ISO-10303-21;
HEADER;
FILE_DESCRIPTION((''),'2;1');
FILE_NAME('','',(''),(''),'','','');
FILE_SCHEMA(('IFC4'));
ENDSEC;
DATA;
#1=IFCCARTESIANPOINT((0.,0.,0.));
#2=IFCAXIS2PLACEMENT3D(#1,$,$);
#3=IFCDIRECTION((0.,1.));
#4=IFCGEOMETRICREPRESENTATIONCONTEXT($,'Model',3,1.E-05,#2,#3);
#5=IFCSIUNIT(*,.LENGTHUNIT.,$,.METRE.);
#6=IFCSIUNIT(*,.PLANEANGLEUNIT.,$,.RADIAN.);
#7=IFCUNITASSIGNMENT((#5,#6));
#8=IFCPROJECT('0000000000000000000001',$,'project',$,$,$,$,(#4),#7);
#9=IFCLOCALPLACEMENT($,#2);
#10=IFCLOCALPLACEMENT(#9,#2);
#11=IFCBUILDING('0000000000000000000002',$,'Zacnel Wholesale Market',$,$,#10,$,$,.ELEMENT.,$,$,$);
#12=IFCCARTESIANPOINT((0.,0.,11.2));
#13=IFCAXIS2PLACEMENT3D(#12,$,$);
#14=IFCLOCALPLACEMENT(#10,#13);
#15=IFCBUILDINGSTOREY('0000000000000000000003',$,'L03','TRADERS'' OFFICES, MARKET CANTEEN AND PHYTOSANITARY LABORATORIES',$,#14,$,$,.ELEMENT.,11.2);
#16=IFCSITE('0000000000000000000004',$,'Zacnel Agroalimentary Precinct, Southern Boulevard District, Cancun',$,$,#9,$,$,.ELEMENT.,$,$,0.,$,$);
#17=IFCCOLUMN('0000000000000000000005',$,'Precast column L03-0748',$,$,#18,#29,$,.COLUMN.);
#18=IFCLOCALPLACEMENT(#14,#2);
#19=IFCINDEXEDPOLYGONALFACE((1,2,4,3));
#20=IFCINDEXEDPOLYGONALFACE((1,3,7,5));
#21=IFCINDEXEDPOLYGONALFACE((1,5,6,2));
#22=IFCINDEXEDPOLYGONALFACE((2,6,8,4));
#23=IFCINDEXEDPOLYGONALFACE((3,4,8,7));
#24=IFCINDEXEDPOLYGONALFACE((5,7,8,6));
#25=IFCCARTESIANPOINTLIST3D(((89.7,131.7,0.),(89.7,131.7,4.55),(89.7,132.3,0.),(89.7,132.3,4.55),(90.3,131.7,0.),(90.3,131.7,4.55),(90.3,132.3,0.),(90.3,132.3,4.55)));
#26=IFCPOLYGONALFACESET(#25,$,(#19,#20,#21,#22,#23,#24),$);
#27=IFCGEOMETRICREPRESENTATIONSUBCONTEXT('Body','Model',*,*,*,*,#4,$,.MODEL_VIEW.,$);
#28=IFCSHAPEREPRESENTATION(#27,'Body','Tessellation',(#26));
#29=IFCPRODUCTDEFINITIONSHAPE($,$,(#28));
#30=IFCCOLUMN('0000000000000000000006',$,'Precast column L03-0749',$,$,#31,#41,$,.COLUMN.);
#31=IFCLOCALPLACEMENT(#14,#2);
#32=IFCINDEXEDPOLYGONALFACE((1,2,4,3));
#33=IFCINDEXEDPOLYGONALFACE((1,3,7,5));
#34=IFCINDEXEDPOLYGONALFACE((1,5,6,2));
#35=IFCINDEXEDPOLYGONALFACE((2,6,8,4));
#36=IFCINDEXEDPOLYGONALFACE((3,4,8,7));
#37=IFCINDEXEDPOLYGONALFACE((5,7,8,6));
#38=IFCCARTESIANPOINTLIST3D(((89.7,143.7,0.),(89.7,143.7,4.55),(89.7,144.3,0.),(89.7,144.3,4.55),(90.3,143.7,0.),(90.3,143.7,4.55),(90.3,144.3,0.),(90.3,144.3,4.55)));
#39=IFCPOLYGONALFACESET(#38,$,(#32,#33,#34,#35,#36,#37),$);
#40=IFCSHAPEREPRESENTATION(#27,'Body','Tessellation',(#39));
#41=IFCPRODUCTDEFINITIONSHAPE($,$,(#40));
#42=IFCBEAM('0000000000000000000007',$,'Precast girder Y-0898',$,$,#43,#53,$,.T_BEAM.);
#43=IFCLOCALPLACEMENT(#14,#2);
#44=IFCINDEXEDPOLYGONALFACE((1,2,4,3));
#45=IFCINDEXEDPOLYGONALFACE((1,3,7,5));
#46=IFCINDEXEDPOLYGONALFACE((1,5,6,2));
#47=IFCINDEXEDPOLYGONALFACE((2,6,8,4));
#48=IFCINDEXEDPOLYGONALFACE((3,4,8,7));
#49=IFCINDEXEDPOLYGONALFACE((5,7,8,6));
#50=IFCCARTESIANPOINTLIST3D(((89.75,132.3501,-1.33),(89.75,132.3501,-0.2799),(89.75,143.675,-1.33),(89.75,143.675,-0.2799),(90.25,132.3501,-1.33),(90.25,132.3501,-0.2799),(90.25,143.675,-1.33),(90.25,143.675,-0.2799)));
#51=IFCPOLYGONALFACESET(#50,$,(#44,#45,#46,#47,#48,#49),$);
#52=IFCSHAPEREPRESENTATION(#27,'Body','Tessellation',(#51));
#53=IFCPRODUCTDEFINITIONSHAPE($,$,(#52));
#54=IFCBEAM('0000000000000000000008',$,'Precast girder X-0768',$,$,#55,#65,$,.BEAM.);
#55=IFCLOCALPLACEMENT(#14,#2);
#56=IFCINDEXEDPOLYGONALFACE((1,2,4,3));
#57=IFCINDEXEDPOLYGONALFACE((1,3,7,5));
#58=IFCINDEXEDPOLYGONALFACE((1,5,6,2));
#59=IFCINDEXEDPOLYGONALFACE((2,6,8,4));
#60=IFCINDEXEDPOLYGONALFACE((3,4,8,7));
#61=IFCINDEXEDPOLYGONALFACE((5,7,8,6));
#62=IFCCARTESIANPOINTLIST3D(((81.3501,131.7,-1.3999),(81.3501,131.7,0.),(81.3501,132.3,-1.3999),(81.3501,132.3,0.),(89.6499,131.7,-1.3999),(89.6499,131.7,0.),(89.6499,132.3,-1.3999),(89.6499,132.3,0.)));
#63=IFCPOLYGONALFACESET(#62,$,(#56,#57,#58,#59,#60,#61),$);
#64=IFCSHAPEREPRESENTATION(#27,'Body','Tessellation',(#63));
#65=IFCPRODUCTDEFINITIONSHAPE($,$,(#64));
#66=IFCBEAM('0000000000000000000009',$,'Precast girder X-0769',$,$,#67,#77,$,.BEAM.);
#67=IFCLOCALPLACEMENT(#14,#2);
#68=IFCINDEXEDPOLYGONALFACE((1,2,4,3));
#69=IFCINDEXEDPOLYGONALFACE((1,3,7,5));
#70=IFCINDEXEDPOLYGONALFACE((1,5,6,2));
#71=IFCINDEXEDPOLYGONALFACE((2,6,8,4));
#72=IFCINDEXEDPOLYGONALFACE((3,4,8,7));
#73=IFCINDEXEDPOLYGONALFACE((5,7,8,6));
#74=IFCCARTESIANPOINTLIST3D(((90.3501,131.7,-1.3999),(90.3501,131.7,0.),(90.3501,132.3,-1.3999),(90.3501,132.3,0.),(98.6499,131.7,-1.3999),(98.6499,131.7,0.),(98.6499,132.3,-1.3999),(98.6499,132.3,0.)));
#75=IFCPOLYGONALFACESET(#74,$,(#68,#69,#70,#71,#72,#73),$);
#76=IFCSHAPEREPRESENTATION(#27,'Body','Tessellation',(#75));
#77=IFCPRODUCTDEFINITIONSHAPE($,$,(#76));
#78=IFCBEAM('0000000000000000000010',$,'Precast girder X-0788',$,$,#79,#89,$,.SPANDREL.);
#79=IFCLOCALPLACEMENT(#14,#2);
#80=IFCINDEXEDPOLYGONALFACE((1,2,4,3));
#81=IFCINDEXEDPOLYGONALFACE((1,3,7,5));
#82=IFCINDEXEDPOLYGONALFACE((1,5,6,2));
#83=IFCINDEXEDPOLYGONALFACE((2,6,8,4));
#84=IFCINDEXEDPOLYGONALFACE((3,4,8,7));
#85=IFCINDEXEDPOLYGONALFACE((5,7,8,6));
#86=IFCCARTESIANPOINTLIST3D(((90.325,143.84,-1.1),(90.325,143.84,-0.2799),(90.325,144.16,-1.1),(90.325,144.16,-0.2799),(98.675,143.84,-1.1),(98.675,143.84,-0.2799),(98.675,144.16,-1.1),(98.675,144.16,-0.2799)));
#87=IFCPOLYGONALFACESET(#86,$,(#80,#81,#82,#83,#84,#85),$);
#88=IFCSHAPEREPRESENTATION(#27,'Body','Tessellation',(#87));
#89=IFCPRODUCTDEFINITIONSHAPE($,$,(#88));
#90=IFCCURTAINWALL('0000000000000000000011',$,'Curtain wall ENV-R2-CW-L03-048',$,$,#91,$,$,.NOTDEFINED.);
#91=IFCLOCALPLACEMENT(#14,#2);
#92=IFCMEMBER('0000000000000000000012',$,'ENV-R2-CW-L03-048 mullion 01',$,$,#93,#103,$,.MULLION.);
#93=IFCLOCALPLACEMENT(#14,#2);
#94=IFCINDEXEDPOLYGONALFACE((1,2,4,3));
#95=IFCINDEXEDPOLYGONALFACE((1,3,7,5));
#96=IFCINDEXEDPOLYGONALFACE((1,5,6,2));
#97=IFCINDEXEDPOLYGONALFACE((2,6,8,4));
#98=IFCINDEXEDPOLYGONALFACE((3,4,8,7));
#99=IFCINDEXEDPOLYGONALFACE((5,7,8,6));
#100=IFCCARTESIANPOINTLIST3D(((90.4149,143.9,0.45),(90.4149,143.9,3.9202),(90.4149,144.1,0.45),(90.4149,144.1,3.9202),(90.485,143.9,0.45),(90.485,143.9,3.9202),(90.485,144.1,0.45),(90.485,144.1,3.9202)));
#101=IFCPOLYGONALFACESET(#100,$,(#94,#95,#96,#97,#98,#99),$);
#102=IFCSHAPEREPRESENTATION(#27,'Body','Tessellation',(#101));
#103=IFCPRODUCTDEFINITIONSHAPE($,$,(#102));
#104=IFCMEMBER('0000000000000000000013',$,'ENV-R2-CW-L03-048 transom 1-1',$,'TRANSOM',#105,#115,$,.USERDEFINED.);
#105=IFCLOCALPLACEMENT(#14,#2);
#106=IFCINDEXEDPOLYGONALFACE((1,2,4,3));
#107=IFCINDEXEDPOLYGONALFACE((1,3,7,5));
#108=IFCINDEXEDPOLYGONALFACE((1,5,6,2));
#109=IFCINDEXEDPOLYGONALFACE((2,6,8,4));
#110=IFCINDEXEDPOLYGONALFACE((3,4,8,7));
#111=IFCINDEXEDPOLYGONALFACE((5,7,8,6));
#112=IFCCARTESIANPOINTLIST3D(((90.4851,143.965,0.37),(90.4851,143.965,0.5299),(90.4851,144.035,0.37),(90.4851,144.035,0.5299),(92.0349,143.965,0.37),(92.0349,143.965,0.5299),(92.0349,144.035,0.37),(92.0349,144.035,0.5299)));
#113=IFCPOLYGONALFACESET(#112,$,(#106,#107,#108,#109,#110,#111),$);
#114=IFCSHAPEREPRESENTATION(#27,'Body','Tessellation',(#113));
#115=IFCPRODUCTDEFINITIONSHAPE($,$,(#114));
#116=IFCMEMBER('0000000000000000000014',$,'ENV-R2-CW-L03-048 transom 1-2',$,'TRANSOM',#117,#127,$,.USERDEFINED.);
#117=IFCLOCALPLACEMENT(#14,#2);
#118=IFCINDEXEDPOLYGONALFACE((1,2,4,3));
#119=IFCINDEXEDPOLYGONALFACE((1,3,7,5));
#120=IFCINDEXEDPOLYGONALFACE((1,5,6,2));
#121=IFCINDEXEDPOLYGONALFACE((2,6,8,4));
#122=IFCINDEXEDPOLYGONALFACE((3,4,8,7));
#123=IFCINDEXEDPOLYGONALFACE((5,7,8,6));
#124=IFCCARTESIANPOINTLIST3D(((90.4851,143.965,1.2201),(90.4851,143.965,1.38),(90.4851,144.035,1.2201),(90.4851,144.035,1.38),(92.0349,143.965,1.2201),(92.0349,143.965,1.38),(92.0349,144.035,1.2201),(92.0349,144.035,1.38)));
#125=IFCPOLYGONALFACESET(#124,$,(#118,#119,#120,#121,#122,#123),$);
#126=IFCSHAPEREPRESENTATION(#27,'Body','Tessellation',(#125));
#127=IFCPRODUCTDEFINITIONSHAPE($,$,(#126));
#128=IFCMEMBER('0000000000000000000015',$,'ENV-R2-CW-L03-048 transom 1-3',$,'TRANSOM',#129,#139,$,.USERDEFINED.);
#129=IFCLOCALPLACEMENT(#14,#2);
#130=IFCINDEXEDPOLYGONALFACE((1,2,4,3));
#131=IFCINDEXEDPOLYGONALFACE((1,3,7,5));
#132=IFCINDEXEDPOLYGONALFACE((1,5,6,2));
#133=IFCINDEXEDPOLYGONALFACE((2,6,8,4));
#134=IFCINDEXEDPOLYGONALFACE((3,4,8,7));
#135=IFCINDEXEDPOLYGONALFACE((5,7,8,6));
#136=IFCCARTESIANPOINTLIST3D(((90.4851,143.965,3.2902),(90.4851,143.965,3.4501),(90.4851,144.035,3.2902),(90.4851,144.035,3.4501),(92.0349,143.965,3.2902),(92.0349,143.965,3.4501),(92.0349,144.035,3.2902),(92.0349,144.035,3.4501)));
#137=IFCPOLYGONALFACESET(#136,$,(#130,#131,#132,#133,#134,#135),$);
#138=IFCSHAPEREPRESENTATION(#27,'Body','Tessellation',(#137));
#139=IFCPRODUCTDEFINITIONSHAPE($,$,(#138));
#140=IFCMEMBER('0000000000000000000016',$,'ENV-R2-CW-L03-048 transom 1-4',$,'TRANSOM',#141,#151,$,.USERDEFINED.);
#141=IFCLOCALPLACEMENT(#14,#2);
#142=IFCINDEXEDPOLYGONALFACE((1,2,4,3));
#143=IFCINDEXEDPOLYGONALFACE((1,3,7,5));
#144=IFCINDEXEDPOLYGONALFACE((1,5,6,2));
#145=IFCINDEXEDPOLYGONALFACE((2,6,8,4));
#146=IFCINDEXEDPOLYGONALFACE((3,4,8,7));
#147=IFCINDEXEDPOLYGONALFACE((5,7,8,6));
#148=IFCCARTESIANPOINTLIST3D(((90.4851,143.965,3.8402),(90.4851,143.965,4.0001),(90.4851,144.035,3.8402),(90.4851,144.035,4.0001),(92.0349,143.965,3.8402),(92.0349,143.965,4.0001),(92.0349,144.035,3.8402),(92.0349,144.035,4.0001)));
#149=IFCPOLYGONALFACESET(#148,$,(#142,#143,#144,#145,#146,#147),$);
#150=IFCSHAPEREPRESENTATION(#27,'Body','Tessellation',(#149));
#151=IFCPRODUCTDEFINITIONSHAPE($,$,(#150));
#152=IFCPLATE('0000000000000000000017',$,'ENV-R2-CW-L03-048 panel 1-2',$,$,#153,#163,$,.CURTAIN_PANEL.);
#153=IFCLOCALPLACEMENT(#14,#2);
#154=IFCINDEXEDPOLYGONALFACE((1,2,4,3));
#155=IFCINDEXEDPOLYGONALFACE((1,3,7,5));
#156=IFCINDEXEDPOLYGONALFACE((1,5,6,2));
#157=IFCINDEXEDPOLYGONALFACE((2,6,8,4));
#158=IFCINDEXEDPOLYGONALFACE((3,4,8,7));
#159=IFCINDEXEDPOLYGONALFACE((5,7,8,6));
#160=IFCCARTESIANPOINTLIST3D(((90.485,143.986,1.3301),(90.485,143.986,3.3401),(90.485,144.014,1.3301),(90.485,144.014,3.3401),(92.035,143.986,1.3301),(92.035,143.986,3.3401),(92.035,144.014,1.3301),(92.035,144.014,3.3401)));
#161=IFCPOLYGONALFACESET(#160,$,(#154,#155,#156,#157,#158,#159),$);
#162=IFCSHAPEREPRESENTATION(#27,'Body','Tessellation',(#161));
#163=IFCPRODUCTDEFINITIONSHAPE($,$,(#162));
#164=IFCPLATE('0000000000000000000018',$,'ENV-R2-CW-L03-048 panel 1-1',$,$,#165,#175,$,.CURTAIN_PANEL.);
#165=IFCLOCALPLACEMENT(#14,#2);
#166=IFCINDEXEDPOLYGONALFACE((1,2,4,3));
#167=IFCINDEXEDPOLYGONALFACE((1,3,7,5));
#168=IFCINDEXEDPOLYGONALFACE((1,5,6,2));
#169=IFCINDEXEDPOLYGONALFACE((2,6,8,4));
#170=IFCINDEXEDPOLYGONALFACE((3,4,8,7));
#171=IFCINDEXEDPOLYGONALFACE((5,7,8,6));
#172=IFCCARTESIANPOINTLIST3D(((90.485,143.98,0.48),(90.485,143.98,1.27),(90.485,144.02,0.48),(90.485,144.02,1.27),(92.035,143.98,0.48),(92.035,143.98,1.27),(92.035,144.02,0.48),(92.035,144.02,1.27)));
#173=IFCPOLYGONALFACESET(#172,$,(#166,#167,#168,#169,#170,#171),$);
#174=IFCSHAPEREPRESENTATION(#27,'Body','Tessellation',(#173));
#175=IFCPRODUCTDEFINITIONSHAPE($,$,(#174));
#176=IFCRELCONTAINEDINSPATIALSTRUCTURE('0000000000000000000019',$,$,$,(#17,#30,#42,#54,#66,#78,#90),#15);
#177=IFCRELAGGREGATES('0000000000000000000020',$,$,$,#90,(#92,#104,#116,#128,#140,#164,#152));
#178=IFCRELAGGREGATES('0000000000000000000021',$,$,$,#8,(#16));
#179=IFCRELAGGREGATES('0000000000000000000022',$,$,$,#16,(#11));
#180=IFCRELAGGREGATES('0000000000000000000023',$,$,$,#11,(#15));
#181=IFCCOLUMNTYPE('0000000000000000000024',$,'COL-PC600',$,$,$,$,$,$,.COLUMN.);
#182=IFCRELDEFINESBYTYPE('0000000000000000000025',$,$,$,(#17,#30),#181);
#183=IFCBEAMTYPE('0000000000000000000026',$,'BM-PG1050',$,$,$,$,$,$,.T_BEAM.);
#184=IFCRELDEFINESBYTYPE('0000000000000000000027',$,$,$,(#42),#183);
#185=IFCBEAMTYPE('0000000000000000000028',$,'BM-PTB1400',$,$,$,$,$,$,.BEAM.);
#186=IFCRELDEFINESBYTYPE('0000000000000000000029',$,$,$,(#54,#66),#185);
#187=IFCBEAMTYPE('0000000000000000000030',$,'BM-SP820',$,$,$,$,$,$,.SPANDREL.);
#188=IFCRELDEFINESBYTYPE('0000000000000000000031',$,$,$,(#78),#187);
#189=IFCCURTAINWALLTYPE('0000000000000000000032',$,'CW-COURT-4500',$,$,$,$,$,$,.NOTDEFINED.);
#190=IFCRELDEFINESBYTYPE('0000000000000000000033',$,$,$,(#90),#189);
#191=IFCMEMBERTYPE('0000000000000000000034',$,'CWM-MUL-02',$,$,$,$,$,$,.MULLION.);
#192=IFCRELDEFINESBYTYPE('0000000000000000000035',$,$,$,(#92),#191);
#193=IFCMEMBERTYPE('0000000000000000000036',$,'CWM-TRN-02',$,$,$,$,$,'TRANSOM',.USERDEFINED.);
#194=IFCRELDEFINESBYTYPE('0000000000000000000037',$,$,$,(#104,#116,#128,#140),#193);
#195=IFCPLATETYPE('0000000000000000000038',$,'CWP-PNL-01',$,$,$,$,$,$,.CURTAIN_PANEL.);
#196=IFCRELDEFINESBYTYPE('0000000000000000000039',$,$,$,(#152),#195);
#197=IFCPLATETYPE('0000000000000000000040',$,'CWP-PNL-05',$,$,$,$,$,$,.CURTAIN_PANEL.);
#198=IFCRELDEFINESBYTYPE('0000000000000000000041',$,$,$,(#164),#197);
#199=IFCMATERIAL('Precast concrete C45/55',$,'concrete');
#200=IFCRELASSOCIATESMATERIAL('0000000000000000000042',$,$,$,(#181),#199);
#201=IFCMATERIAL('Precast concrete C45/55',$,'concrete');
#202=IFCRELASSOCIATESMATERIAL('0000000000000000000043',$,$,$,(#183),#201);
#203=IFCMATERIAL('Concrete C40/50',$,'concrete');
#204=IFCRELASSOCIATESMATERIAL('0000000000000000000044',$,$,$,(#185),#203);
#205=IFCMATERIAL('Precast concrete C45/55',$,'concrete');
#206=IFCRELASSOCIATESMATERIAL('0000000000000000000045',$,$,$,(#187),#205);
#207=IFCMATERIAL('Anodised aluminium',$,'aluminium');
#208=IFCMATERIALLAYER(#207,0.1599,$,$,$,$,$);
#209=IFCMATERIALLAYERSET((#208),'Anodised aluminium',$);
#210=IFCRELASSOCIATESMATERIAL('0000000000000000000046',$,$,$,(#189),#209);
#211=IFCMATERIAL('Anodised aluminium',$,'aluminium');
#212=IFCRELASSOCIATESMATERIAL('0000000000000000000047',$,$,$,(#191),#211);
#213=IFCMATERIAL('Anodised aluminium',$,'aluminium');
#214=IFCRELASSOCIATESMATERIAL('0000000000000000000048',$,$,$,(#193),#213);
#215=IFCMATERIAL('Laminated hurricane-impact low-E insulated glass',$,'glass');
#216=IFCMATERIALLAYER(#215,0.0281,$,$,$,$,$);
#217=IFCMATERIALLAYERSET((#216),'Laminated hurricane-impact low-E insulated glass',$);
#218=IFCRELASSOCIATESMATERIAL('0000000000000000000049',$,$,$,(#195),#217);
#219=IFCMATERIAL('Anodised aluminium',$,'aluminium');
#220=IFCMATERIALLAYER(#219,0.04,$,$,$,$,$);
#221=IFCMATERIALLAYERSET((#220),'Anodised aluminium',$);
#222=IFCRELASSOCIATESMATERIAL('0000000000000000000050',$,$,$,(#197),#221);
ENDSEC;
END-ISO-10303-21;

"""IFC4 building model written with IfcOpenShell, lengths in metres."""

from ifc_helpers import new_model, si_unit, direction, frame, origin, origin_2d, place, context, subcontext, project, spatial, rectangle, extrude, material, layer, layer_set, material_profile, profile_set, type_object, element, aggregate, save


model = new_model("IFC4")

# Units and contexts
model_context = context("Model", 3, precision=1e-05, world=origin(), true_north=direction((0.0, 1.0)))
body_context = subcontext(model_context, "Body", "Model", "MODEL_VIEW")
ifc_project = project(units=[si_unit("LENGTHUNIT", "METRE"), si_unit("PLANEANGLEUNIT", "RADIAN")], contexts=[model_context])

# Site, building, storey
site_placement = place(None, origin())
site = spatial("IfcSite", under=ifc_project, at=site_placement, Name="Zacnel Agroalimentary Precinct, Southern Boulevard District, Cancun", CompositionType="ELEMENT", RefElevation=0.0)
building_placement = place(site_placement, origin())
building = spatial("IfcBuilding", under=site, at=building_placement, Name="Zacnel Wholesale Market", CompositionType="ELEMENT")
storey_placement = place(building_placement, frame((0.0, 0.0, 11.2)))
storey = spatial("IfcBuildingStorey", under=building, at=storey_placement, Name="L03", Description="TRADERS' OFFICES, MARKET CANTEEN AND PHYTOSANITARY LABORATORIES", CompositionType="ELEMENT", Elevation=11.2)

# Columns
ifc_material_1 = material(Name="Precast concrete C45/55", Category="concrete")
ifc_material_profile_1 = material_profile(ifc_material_1, rectangle(XDim=0.6001, YDim=0.6001, at=origin_2d()), Name="PC 600x600")
ifc_profile_set_1 = profile_set([ifc_material_profile_1], Name="Precast concrete C45/55")
column_type = type_object("IfcColumnType", Name="COL-PC600", PredefinedType="COLUMN", material=ifc_profile_set_1)
for number, where, z_axis, x_axis, name in (
    (1, (90.0, 132.0, 0.0), (0.0, 0.0, 1.0), (1.0, 0.0, 0.0), "Precast column L03-0748"),
    (2, (90.0, 144.0, 0.0), (0.0, 0.0, 1.0), (1.0, 0.0, 0.0), "Precast column L03-0749"),
):
    element("IfcColumn", number, at=place(storey_placement, frame(where, z_axis=z_axis, x_axis=x_axis)), inside=storey, type_object=column_type, Name=name, PredefinedType="COLUMN", context=body_context, shape_type="SweptSolid", body=[
        extrude(rectangle(XDim=0.6001, YDim=0.6001, at=origin_2d()), origin(), (0.0, 0.0, 1.0), 4.55),
    ])

# Beams
ifc_material_2 = material(Name="Precast concrete C45/55", Category="concrete")
ifc_material_profile_2 = material_profile(ifc_material_2, rectangle(XDim=0.5, YDim=1.05, at=origin_2d()), Name="PG 500x1050")
ifc_profile_set_2 = profile_set([ifc_material_profile_2], Name="Precast concrete C45/55")
beam_type_1 = type_object("IfcBeamType", Name="BM-PG1050", PredefinedType="T_BEAM", material=ifc_profile_set_2)
beam_1_placement = place(storey_placement, frame((90.0, 132.3501, -0.8049), z_axis=(0.0, 1.0, 0.0), x_axis=(-1.0, 0.0, 0.0)))
element("IfcBeam", 3, at=beam_1_placement, inside=storey, type_object=beam_type_1, Name="Precast girder Y-0898", PredefinedType="T_BEAM", context=body_context, shape_type="SweptSolid", body=[
    extrude(rectangle(XDim=0.5, YDim=1.05, at=origin_2d()), origin(), (0.0, 0.0, 1.0), 11.325),
])
ifc_material_3 = material(Name="Concrete C40/50", Category="concrete")
ifc_material_profile_3 = material_profile(ifc_material_3, rectangle(XDim=0.6001, YDim=1.3999, at=origin_2d()), Name="PTB 600x1400")
ifc_profile_set_3 = profile_set([ifc_material_profile_3], Name="Concrete C40/50")
beam_type_2 = type_object("IfcBeamType", Name="BM-PTB1400", PredefinedType="BEAM", material=ifc_profile_set_3)
for number, where, z_axis, x_axis, name in (
    (4, (81.3501, 132.0, -0.7), (1.0, 0.0, 0.0), (0.0, 1.0, 0.0), "Precast girder X-0768"),
    (5, (90.3501, 132.0, -0.7), (1.0, 0.0, 0.0), (0.0, 1.0, 0.0), "Precast girder X-0769"),
):
    element("IfcBeam", number, at=place(storey_placement, frame(where, z_axis=z_axis, x_axis=x_axis)), inside=storey, type_object=beam_type_2, Name=name, PredefinedType="BEAM", context=body_context, shape_type="SweptSolid", body=[
        extrude(rectangle(XDim=0.6001, YDim=1.3999, at=origin_2d()), origin(), (0.0, 0.0, 1.0), 8.2998),
    ])
ifc_material_4 = material(Name="Precast concrete C45/55", Category="concrete")
ifc_material_profile_4 = material_profile(ifc_material_4, rectangle(XDim=0.3201, YDim=0.8201, at=origin_2d()), Name="SP 320x820")
ifc_profile_set_4 = profile_set([ifc_material_profile_4], Name="Precast concrete C45/55")
beam_type_3 = type_object("IfcBeamType", Name="BM-SP820", PredefinedType="SPANDREL", material=ifc_profile_set_4)
beam_2_placement = place(storey_placement, frame((90.325, 144.0, -0.6899), z_axis=(1.0, 0.0, 0.0), x_axis=(0.0, 1.0, 0.0)))
element("IfcBeam", 6, at=beam_2_placement, inside=storey, type_object=beam_type_3, Name="Precast girder X-0788", PredefinedType="SPANDREL", context=body_context, shape_type="SweptSolid", body=[
    extrude(rectangle(XDim=0.3201, YDim=0.8201, at=origin_2d()), origin(), (0.0, 0.0, 1.0), 8.3501),
])

# Curtain wall, members, plates
ifc_material_5 = material(Name="Anodised aluminium", Category="aluminium")
ifc_layer_1 = layer(ifc_material_5, 0.1599)
ifc_layer_set_1 = layer_set([ifc_layer_1], Name="Anodised aluminium")
curtain_wall_type = type_object("IfcCurtainWallType", Name="CW-COURT-4500", PredefinedType="NOTDEFINED", material=ifc_layer_set_1)
curtain_wall_placement = place(storey_placement, origin())
curtain_wall = element("IfcCurtainWall", 7, at=curtain_wall_placement, inside=storey, type_object=curtain_wall_type, Name="Curtain wall ENV-R2-CW-L03-048", PredefinedType="NOTDEFINED")
ifc_material_6 = material(Name="Anodised aluminium", Category="aluminium")
ifc_material_profile_5 = material_profile(ifc_material_6, rectangle(XDim=0.0701, YDim=0.2, at=origin_2d()), Name="AW-MULLION 70x200")
ifc_profile_set_5 = profile_set([ifc_material_profile_5], Name="Anodised aluminium")
member_type_1 = type_object("IfcMemberType", Name="CWM-MUL-02", PredefinedType="MULLION", material=ifc_profile_set_5)
member_1_placement = place(storey_placement, frame((90.45, 144.0, 0.45), z_axis=(0.0, 0.0, 1.0), x_axis=(1.0, 0.0, 0.0)))
member_1 = element("IfcMember", 8, at=member_1_placement, type_object=member_type_1, Name="ENV-R2-CW-L03-048 mullion 01", PredefinedType="MULLION", context=body_context, shape_type="SweptSolid", body=[
    extrude(rectangle(XDim=0.0701, YDim=0.2, at=origin_2d()), origin(), (0.0, 0.0, 1.0), 3.4702),
])
ifc_material_7 = material(Name="Anodised aluminium", Category="aluminium")
ifc_material_profile_6 = material_profile(ifc_material_7, rectangle(XDim=0.0701, YDim=0.1599, at=origin_2d()), Name="AW-TRANSOM 70x160")
ifc_profile_set_6 = profile_set([ifc_material_profile_6], Name="Anodised aluminium")
member_type_2 = type_object("IfcMemberType", Name="CWM-TRN-02", ElementType="TRANSOM", PredefinedType="USERDEFINED", material=ifc_profile_set_6)
member_2_placement = place(storey_placement, frame((90.4851, 144.0, 0.45), z_axis=(1.0, 0.0, 0.0), x_axis=(0.0, 1.0, 0.0)))
member_2 = element("IfcMember", 9, at=member_2_placement, type_object=member_type_2, Name="ENV-R2-CW-L03-048 transom 1-1", ObjectType="TRANSOM", PredefinedType="USERDEFINED", context=body_context, shape_type="SweptSolid", body=[
    extrude(rectangle(XDim=0.0701, YDim=0.1599, at=origin_2d()), origin(), (0.0, 0.0, 1.0), 1.5498),
])
member_3_placement = place(storey_placement, frame((90.4851, 144.0, 1.3), z_axis=(1.0, 0.0, 0.0), x_axis=(0.0, 1.0, 0.0)))
member_3 = element("IfcMember", 10, at=member_3_placement, type_object=member_type_2, Name="ENV-R2-CW-L03-048 transom 1-2", ObjectType="TRANSOM", PredefinedType="USERDEFINED", context=body_context, shape_type="SweptSolid", body=[
    extrude(rectangle(XDim=0.0701, YDim=0.1599, at=origin_2d()), origin(), (0.0, 0.0, 1.0), 1.5498),
])
member_4_placement = place(storey_placement, frame((90.4851, 144.0, 3.3701), z_axis=(1.0, 0.0, 0.0), x_axis=(0.0, 1.0, 0.0)))
member_4 = element("IfcMember", 11, at=member_4_placement, type_object=member_type_2, Name="ENV-R2-CW-L03-048 transom 1-3", ObjectType="TRANSOM", PredefinedType="USERDEFINED", context=body_context, shape_type="SweptSolid", body=[
    extrude(rectangle(XDim=0.0701, YDim=0.1599, at=origin_2d()), origin(), (0.0, 0.0, 1.0), 1.5498),
])
member_5_placement = place(storey_placement, frame((90.4851, 144.0, 3.9202), z_axis=(1.0, 0.0, 0.0), x_axis=(0.0, 1.0, 0.0)))
member_5 = element("IfcMember", 12, at=member_5_placement, type_object=member_type_2, Name="ENV-R2-CW-L03-048 transom 1-4", ObjectType="TRANSOM", PredefinedType="USERDEFINED", context=body_context, shape_type="SweptSolid", body=[
    extrude(rectangle(XDim=0.0701, YDim=0.1599, at=origin_2d()), origin(), (0.0, 0.0, 1.0), 1.5498),
])
ifc_material_8 = material(Name="Laminated hurricane-impact low-E insulated glass", Category="glass")
ifc_layer_2 = layer(ifc_material_8, 0.0281)
ifc_layer_set_2 = layer_set([ifc_layer_2], Name="Laminated hurricane-impact low-E insulated glass")
plate_type_1 = type_object("IfcPlateType", Name="CWP-PNL-01", PredefinedType="CURTAIN_PANEL", material=ifc_layer_set_2)
plate_1_placement = place(storey_placement, frame((91.26, 144.0, 1.3301), z_axis=(0.0, 0.0, 1.0), x_axis=(1.0, 0.0, 0.0)))
plate_1 = element("IfcPlate", 13, at=plate_1_placement, type_object=plate_type_1, Name="ENV-R2-CW-L03-048 panel 1-2", PredefinedType="CURTAIN_PANEL", context=body_context, shape_type="SweptSolid", body=[
    extrude(rectangle(XDim=1.55, YDim=0.0281, at=origin_2d()), origin(), (0.0, 0.0, 1.0), 2.01),
])
ifc_material_9 = material(Name="Anodised aluminium", Category="aluminium")
ifc_layer_3 = layer(ifc_material_9, 0.04)
ifc_layer_set_3 = layer_set([ifc_layer_3], Name="Anodised aluminium")
plate_type_2 = type_object("IfcPlateType", Name="CWP-PNL-05", PredefinedType="CURTAIN_PANEL", material=ifc_layer_set_3)
plate_2_placement = place(storey_placement, frame((91.26, 144.0, 0.48), z_axis=(0.0, 0.0, 1.0), x_axis=(1.0, 0.0, 0.0)))
plate_2 = element("IfcPlate", 14, at=plate_2_placement, type_object=plate_type_2, Name="ENV-R2-CW-L03-048 panel 1-1", PredefinedType="CURTAIN_PANEL", context=body_context, shape_type="SweptSolid", body=[
    extrude(rectangle(XDim=1.55, YDim=0.04, at=origin_2d()), origin(), (0.0, 0.0, 1.0), 0.79),
])
aggregate(curtain_wall, [member_1, member_2, member_3, member_4, member_5, plate_2, plate_1])

save(model, "model.ifc")
